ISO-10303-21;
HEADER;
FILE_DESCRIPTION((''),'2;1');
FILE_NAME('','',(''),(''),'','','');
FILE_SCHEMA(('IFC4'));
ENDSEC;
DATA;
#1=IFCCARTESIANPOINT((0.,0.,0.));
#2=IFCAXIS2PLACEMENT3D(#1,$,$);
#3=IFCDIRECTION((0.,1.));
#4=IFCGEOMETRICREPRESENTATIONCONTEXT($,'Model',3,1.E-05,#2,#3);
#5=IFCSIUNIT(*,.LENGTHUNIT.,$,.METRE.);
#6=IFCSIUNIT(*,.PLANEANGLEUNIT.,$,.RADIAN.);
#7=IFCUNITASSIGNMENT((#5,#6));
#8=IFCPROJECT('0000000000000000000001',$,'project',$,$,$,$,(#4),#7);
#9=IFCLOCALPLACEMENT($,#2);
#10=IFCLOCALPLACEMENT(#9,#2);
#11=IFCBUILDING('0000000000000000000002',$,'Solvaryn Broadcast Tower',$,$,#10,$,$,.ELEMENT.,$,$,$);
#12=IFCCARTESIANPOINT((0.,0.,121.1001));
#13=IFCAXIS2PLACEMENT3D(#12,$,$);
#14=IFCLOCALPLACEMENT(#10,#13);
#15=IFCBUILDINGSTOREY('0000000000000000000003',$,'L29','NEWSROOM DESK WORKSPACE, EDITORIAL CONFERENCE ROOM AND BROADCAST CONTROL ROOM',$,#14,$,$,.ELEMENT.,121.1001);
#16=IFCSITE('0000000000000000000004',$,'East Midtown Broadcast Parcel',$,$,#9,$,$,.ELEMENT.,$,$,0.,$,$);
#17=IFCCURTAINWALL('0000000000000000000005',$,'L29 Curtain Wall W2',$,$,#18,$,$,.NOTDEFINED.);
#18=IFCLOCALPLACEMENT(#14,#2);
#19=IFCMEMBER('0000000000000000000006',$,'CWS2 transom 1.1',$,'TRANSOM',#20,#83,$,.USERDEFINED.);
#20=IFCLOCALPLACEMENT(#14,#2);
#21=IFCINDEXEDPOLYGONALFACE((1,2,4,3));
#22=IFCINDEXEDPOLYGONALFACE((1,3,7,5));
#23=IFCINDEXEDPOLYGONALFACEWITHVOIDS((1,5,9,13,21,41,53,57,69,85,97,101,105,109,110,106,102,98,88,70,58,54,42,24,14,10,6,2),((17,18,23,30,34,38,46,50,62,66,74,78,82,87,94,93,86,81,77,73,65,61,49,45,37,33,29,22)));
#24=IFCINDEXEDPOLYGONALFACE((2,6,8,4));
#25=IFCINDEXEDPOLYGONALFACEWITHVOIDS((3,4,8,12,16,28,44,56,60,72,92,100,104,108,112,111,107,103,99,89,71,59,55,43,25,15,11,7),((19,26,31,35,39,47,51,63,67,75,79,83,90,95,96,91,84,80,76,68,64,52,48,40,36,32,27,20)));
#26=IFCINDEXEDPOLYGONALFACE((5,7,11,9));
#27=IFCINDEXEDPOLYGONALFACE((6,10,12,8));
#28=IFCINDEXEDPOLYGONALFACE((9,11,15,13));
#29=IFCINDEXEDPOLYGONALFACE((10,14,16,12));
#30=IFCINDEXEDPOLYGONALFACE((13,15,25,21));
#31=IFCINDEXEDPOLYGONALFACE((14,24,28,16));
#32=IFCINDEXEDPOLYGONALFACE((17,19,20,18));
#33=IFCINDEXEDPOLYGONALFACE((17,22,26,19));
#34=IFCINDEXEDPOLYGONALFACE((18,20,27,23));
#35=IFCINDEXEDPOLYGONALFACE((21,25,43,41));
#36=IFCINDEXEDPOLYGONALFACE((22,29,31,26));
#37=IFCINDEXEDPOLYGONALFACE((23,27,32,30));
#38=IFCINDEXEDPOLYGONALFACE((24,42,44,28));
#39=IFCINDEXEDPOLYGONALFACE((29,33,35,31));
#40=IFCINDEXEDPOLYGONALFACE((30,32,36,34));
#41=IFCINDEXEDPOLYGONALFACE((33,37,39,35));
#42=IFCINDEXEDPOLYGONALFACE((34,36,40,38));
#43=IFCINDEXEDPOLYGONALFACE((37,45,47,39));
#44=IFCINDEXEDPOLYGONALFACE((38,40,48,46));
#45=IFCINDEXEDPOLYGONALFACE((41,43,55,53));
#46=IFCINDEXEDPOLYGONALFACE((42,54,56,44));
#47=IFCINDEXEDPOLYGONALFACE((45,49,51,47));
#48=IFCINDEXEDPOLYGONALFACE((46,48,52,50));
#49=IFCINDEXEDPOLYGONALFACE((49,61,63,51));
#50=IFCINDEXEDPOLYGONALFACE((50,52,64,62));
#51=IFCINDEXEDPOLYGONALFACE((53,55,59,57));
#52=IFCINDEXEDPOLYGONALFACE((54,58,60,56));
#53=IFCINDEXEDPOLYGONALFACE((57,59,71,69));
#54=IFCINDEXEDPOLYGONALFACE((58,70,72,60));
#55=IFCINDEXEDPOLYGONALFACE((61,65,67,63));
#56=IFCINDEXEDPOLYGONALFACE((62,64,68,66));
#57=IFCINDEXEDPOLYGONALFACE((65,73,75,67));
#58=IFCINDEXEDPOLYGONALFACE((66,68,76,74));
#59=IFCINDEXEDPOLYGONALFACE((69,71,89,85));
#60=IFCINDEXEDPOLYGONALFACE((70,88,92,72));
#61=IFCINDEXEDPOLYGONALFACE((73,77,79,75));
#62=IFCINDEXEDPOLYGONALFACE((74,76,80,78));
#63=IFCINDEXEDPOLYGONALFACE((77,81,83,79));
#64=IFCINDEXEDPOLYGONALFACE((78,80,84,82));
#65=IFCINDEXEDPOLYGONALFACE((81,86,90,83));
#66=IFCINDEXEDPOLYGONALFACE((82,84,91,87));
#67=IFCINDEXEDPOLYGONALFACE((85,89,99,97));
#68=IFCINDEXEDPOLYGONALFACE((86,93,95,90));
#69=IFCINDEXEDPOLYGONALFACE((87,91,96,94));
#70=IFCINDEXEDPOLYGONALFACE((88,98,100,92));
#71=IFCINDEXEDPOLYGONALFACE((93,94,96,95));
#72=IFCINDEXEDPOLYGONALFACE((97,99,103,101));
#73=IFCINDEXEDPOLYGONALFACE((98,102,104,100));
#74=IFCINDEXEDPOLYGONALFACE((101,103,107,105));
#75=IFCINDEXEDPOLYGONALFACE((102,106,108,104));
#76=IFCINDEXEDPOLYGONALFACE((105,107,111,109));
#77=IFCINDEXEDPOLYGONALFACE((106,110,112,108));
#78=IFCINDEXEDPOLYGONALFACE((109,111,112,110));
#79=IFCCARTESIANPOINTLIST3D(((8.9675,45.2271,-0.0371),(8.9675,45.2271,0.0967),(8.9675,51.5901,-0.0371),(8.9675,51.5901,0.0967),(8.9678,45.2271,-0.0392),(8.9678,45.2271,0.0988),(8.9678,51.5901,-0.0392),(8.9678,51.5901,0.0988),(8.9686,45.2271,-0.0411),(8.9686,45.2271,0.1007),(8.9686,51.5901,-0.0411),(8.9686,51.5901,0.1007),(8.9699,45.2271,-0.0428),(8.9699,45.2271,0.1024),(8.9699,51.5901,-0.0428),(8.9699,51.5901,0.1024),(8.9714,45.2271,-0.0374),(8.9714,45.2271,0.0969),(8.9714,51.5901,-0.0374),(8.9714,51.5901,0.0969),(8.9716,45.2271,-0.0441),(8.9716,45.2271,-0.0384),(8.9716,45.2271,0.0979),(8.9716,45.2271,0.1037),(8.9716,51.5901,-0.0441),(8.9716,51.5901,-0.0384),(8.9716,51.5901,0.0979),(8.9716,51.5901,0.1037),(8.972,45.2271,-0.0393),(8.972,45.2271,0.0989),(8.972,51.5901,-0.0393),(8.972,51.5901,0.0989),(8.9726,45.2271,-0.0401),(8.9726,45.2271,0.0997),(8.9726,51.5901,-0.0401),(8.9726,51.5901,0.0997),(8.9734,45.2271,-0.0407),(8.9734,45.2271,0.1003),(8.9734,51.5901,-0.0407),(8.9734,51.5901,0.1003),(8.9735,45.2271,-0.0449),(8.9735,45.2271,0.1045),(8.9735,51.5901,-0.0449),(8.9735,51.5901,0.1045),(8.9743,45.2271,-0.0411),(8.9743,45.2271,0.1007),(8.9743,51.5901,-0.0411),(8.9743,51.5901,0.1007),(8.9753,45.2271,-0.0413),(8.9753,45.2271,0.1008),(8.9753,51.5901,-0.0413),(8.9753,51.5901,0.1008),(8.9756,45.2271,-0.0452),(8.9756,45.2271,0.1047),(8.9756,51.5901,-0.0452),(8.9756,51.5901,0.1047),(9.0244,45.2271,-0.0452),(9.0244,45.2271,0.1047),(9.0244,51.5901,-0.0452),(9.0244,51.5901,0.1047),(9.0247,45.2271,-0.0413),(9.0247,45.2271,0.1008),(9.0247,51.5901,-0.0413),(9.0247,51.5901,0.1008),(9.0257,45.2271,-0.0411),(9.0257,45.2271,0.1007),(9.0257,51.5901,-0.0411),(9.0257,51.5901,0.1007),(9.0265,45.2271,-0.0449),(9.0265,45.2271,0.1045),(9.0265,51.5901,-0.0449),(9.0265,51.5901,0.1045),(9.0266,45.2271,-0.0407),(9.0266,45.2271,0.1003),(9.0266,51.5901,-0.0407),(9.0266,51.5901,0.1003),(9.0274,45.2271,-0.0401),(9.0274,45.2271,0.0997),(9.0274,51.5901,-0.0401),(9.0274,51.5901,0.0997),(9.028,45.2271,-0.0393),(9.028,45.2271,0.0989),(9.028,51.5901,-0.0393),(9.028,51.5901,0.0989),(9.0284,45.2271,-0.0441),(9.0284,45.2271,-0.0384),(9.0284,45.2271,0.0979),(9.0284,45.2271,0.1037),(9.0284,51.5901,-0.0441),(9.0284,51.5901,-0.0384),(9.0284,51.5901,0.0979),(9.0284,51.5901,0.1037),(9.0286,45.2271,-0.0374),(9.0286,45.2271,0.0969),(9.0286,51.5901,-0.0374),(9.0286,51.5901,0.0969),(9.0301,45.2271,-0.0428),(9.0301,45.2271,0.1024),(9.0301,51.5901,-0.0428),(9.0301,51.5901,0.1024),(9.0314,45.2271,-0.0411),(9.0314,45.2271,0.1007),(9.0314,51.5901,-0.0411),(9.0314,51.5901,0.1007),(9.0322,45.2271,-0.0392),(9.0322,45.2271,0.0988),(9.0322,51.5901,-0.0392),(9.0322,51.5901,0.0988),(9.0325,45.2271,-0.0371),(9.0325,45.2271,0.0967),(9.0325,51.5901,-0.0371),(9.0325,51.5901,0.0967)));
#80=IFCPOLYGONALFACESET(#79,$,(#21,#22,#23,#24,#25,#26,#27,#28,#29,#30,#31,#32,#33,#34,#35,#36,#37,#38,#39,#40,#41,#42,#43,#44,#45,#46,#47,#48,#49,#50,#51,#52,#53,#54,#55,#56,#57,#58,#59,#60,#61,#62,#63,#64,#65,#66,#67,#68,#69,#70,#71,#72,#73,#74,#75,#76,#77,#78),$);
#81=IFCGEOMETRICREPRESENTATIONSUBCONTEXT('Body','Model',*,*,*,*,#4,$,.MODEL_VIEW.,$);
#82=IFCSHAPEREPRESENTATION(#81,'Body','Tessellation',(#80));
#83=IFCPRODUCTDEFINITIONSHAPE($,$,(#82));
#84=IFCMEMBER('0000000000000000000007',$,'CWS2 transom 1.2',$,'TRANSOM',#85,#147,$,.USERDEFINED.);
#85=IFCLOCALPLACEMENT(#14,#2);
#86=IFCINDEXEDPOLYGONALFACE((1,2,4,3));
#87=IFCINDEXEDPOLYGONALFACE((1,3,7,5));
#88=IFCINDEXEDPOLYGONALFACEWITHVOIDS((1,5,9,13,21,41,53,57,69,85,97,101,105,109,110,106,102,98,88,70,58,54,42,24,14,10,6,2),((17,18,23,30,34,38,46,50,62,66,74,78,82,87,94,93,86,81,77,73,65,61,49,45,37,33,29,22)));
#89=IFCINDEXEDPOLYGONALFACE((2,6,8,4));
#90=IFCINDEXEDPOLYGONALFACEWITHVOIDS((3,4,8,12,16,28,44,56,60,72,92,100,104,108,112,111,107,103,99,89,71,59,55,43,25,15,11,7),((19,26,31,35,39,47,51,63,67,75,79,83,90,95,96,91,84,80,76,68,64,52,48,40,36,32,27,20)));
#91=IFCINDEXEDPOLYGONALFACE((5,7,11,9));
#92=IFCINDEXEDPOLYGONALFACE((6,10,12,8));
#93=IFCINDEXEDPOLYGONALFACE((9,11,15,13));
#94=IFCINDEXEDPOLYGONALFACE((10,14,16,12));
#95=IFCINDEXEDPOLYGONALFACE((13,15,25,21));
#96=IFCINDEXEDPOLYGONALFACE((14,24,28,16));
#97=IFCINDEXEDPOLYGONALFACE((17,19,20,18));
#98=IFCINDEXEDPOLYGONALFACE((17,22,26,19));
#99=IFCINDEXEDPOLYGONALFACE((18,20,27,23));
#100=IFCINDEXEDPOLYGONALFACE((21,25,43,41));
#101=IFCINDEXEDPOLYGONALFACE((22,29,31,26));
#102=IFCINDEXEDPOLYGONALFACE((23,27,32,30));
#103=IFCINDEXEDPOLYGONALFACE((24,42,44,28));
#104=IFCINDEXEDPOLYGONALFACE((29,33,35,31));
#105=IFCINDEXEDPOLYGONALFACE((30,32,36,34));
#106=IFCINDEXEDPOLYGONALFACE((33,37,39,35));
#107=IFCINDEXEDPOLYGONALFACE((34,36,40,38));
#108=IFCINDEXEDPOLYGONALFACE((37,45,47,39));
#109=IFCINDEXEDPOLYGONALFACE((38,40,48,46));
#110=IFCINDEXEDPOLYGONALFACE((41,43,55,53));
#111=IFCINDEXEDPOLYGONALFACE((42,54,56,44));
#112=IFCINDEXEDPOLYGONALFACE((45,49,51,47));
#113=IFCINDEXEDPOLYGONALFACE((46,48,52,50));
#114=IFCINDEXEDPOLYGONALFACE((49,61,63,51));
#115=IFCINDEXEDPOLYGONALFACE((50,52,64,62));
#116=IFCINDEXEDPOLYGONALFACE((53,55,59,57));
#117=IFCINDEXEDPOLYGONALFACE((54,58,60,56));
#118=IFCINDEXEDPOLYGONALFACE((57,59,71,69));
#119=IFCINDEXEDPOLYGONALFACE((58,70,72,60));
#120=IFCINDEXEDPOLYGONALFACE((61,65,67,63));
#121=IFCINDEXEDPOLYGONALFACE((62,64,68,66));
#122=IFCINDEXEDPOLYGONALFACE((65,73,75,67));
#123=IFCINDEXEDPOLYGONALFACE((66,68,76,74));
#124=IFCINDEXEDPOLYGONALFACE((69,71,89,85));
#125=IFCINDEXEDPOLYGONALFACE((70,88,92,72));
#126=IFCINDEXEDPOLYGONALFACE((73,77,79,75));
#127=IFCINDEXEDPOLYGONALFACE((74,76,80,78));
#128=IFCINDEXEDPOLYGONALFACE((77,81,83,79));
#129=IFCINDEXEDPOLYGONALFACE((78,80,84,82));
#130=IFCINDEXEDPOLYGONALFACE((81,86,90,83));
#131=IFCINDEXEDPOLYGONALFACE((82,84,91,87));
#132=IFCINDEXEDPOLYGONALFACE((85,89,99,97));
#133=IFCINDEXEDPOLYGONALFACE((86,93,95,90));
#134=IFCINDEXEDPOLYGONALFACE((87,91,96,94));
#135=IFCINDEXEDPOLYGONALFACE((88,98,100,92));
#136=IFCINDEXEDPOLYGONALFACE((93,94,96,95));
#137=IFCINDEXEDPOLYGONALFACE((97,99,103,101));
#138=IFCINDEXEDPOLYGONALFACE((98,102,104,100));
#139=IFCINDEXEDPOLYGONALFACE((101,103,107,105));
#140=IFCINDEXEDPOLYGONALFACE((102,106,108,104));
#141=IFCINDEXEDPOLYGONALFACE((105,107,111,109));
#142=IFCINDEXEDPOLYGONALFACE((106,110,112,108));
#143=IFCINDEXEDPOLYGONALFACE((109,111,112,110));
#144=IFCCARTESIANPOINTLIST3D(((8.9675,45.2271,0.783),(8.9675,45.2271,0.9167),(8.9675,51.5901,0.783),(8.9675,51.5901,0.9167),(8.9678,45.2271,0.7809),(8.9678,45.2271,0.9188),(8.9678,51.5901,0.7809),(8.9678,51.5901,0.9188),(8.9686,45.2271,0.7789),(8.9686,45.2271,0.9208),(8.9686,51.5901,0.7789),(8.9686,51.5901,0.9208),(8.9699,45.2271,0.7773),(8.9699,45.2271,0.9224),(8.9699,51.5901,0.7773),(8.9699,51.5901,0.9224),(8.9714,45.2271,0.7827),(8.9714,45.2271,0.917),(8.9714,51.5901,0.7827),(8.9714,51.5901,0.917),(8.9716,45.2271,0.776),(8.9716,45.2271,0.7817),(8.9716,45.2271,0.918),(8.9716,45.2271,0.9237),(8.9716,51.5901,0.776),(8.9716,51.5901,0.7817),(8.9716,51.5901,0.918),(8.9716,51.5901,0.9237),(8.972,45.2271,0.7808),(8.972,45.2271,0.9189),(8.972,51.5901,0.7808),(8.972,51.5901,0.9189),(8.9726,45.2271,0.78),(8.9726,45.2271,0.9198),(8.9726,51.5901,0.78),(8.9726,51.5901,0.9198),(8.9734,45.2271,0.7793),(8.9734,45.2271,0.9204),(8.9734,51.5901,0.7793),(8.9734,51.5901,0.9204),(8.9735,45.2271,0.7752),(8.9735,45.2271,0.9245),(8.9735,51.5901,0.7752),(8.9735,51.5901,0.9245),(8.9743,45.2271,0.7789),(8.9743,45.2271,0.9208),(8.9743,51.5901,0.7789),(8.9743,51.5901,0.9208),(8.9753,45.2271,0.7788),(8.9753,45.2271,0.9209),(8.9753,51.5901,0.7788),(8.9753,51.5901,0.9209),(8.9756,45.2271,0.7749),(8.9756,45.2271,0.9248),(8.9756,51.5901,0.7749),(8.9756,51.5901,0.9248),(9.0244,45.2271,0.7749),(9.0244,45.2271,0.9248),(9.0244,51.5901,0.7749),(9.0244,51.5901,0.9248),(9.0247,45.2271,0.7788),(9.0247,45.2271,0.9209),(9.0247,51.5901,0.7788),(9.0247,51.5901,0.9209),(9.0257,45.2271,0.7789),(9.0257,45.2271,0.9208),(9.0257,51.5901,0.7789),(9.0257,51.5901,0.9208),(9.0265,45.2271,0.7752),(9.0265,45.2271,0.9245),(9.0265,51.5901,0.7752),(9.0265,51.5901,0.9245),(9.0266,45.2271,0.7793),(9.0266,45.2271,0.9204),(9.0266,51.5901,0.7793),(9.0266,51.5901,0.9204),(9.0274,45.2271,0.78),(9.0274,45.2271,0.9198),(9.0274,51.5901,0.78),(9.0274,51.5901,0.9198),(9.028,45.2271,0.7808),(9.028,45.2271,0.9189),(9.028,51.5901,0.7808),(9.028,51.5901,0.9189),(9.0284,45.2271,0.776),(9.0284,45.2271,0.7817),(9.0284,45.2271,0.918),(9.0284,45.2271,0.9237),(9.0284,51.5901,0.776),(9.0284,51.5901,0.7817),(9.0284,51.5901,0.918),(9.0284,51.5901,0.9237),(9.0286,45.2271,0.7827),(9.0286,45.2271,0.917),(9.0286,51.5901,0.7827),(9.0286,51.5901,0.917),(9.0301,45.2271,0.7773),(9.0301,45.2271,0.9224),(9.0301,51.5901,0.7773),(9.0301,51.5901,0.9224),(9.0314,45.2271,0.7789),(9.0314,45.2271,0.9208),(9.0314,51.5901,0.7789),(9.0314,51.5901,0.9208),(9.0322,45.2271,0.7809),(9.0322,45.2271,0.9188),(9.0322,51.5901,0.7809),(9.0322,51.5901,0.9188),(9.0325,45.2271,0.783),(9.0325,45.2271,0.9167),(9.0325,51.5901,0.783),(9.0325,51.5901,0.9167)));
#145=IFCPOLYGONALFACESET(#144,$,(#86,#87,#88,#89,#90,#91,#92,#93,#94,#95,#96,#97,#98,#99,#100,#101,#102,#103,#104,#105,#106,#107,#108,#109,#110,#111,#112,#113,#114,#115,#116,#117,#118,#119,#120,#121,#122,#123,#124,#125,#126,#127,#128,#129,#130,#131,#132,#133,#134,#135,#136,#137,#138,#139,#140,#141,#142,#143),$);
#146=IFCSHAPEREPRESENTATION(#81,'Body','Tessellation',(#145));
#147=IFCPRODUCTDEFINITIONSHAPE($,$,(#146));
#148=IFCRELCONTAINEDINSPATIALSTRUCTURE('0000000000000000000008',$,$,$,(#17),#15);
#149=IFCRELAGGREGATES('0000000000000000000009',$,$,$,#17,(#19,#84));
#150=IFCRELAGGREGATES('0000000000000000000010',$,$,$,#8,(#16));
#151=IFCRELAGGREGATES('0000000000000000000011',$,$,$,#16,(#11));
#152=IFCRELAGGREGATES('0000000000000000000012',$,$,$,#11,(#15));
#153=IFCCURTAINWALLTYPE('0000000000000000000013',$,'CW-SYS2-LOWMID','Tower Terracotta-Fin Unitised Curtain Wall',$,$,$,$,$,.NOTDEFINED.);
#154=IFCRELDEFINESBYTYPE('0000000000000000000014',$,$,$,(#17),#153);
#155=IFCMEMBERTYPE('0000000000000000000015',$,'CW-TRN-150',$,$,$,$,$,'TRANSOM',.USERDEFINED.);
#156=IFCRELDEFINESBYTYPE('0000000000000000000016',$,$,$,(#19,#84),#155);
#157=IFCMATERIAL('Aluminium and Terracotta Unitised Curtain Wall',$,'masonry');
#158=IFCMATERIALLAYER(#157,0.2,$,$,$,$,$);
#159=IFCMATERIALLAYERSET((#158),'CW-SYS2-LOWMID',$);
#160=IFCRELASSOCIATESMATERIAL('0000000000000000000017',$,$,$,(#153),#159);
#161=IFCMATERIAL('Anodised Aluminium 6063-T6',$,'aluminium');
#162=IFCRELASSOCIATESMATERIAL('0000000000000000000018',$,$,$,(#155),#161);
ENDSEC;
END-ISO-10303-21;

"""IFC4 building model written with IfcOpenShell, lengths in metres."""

from ifc_helpers import new_model, si_unit, direction, frame, origin, origin_2d, place, context, subcontext, project, spatial, hollow_rectangle, extrude, material, layer, layer_set, material_profile, profile_set, type_object, element, aggregate, save


model = new_model("IFC4")

# Units and contexts
model_context = context("Model", 3, precision=1e-05, world=origin(), true_north=direction((0.0, 1.0)))
body_context = subcontext(model_context, "Body", "Model", "MODEL_VIEW")
ifc_project = project(units=[si_unit("LENGTHUNIT", "METRE"), si_unit("PLANEANGLEUNIT", "RADIAN")], contexts=[model_context])

# Site, building, storey
site_placement = place(None, origin())
site = spatial("IfcSite", under=ifc_project, at=site_placement, Name="East Midtown Broadcast Parcel", CompositionType="ELEMENT", RefElevation=0.0)
building_placement = place(site_placement, origin())
building = spatial("IfcBuilding", under=site, at=building_placement, Name="Solvaryn Broadcast Tower", CompositionType="ELEMENT")
storey_placement = place(building_placement, frame((0.0, 0.0, 121.1001)))
storey = spatial("IfcBuildingStorey", under=building, at=storey_placement, Name="L29", Description="NEWSROOM DESK WORKSPACE, EDITORIAL CONFERENCE ROOM AND BROADCAST CONTROL ROOM", CompositionType="ELEMENT", Elevation=121.1001)

# Shared definitions
ifc_material_1 = material(Name="Aluminium and Terracotta Unitised Curtain Wall", Category="masonry")
ifc_layer_1 = layer(ifc_material_1, 0.2)
ifc_layer_set_1 = layer_set([ifc_layer_1], Name="CW-SYS2-LOWMID")
curtain_wall_type = type_object("IfcCurtainWallType", Name="CW-SYS2-LOWMID", Description="Tower Terracotta-Fin Unitised Curtain Wall", PredefinedType="NOTDEFINED", material=ifc_layer_set_1)

# Curtain wall
curtain_wall_1_placement = place(storey_placement, origin())
curtain_wall_1 = element("IfcCurtainWall", 1, at=curtain_wall_1_placement, inside=storey, type_object=curtain_wall_type, Name="L29 Curtain Wall W2", PredefinedType="NOTDEFINED")

# Members
ifc_material_2 = material(Name="Anodised Aluminium 6063-T6", Category="aluminium")
ifc_material_profile_1 = material_profile(ifc_material_2, hollow_rectangle(XDim=0.0649, YDim=0.1499, WallThickness=0.0039, InnerFilletRadius=0.0039, OuterFilletRadius=0.0081, at=origin_2d()))
ifc_profile_set_1 = profile_set([ifc_material_profile_1], Name="Anodised Aluminium 6063-T6")
member_type_1 = type_object("IfcMemberType", Name="CW-TRN-150", ElementType="TRANSOM", PredefinedType="USERDEFINED", material=ifc_profile_set_1)
member_1_placement = place(storey_placement, frame((9.0, 45.2271, 0.0298), z_axis=(0.0, 1.0, 0.0), x_axis=(-1.0, 0.0, 0.0)))
member_1 = element("IfcMember", 2, at=member_1_placement, type_object=member_type_1, Name="CWS2 transom 1.1", ObjectType="TRANSOM", PredefinedType="USERDEFINED", context=body_context, shape_type="SweptSolid", body=[
    extrude(hollow_rectangle(XDim=0.0649, YDim=0.1499, WallThickness=0.0039, InnerFilletRadius=0.0039, OuterFilletRadius=0.0081, at=origin_2d()), origin(), (0.0, 0.0, 1.0), 6.363),
])
member_2_placement = place(storey_placement, frame((9.0, 45.2271, 0.8499), z_axis=(0.0, 1.0, 0.0), x_axis=(-1.0, 0.0, 0.0)))
member_2 = element("IfcMember", 3, at=member_2_placement, type_object=member_type_1, Name="CWS2 transom 1.2", ObjectType="TRANSOM", PredefinedType="USERDEFINED", context=body_context, shape_type="SweptSolid", body=[
    extrude(hollow_rectangle(XDim=0.0649, YDim=0.1499, WallThickness=0.0039, InnerFilletRadius=0.0039, OuterFilletRadius=0.0081, at=origin_2d()), origin(), (0.0, 0.0, 1.0), 6.363),
])

aggregate(curtain_wall_1, [member_1, member_2])

save(model, "model.ifc")
